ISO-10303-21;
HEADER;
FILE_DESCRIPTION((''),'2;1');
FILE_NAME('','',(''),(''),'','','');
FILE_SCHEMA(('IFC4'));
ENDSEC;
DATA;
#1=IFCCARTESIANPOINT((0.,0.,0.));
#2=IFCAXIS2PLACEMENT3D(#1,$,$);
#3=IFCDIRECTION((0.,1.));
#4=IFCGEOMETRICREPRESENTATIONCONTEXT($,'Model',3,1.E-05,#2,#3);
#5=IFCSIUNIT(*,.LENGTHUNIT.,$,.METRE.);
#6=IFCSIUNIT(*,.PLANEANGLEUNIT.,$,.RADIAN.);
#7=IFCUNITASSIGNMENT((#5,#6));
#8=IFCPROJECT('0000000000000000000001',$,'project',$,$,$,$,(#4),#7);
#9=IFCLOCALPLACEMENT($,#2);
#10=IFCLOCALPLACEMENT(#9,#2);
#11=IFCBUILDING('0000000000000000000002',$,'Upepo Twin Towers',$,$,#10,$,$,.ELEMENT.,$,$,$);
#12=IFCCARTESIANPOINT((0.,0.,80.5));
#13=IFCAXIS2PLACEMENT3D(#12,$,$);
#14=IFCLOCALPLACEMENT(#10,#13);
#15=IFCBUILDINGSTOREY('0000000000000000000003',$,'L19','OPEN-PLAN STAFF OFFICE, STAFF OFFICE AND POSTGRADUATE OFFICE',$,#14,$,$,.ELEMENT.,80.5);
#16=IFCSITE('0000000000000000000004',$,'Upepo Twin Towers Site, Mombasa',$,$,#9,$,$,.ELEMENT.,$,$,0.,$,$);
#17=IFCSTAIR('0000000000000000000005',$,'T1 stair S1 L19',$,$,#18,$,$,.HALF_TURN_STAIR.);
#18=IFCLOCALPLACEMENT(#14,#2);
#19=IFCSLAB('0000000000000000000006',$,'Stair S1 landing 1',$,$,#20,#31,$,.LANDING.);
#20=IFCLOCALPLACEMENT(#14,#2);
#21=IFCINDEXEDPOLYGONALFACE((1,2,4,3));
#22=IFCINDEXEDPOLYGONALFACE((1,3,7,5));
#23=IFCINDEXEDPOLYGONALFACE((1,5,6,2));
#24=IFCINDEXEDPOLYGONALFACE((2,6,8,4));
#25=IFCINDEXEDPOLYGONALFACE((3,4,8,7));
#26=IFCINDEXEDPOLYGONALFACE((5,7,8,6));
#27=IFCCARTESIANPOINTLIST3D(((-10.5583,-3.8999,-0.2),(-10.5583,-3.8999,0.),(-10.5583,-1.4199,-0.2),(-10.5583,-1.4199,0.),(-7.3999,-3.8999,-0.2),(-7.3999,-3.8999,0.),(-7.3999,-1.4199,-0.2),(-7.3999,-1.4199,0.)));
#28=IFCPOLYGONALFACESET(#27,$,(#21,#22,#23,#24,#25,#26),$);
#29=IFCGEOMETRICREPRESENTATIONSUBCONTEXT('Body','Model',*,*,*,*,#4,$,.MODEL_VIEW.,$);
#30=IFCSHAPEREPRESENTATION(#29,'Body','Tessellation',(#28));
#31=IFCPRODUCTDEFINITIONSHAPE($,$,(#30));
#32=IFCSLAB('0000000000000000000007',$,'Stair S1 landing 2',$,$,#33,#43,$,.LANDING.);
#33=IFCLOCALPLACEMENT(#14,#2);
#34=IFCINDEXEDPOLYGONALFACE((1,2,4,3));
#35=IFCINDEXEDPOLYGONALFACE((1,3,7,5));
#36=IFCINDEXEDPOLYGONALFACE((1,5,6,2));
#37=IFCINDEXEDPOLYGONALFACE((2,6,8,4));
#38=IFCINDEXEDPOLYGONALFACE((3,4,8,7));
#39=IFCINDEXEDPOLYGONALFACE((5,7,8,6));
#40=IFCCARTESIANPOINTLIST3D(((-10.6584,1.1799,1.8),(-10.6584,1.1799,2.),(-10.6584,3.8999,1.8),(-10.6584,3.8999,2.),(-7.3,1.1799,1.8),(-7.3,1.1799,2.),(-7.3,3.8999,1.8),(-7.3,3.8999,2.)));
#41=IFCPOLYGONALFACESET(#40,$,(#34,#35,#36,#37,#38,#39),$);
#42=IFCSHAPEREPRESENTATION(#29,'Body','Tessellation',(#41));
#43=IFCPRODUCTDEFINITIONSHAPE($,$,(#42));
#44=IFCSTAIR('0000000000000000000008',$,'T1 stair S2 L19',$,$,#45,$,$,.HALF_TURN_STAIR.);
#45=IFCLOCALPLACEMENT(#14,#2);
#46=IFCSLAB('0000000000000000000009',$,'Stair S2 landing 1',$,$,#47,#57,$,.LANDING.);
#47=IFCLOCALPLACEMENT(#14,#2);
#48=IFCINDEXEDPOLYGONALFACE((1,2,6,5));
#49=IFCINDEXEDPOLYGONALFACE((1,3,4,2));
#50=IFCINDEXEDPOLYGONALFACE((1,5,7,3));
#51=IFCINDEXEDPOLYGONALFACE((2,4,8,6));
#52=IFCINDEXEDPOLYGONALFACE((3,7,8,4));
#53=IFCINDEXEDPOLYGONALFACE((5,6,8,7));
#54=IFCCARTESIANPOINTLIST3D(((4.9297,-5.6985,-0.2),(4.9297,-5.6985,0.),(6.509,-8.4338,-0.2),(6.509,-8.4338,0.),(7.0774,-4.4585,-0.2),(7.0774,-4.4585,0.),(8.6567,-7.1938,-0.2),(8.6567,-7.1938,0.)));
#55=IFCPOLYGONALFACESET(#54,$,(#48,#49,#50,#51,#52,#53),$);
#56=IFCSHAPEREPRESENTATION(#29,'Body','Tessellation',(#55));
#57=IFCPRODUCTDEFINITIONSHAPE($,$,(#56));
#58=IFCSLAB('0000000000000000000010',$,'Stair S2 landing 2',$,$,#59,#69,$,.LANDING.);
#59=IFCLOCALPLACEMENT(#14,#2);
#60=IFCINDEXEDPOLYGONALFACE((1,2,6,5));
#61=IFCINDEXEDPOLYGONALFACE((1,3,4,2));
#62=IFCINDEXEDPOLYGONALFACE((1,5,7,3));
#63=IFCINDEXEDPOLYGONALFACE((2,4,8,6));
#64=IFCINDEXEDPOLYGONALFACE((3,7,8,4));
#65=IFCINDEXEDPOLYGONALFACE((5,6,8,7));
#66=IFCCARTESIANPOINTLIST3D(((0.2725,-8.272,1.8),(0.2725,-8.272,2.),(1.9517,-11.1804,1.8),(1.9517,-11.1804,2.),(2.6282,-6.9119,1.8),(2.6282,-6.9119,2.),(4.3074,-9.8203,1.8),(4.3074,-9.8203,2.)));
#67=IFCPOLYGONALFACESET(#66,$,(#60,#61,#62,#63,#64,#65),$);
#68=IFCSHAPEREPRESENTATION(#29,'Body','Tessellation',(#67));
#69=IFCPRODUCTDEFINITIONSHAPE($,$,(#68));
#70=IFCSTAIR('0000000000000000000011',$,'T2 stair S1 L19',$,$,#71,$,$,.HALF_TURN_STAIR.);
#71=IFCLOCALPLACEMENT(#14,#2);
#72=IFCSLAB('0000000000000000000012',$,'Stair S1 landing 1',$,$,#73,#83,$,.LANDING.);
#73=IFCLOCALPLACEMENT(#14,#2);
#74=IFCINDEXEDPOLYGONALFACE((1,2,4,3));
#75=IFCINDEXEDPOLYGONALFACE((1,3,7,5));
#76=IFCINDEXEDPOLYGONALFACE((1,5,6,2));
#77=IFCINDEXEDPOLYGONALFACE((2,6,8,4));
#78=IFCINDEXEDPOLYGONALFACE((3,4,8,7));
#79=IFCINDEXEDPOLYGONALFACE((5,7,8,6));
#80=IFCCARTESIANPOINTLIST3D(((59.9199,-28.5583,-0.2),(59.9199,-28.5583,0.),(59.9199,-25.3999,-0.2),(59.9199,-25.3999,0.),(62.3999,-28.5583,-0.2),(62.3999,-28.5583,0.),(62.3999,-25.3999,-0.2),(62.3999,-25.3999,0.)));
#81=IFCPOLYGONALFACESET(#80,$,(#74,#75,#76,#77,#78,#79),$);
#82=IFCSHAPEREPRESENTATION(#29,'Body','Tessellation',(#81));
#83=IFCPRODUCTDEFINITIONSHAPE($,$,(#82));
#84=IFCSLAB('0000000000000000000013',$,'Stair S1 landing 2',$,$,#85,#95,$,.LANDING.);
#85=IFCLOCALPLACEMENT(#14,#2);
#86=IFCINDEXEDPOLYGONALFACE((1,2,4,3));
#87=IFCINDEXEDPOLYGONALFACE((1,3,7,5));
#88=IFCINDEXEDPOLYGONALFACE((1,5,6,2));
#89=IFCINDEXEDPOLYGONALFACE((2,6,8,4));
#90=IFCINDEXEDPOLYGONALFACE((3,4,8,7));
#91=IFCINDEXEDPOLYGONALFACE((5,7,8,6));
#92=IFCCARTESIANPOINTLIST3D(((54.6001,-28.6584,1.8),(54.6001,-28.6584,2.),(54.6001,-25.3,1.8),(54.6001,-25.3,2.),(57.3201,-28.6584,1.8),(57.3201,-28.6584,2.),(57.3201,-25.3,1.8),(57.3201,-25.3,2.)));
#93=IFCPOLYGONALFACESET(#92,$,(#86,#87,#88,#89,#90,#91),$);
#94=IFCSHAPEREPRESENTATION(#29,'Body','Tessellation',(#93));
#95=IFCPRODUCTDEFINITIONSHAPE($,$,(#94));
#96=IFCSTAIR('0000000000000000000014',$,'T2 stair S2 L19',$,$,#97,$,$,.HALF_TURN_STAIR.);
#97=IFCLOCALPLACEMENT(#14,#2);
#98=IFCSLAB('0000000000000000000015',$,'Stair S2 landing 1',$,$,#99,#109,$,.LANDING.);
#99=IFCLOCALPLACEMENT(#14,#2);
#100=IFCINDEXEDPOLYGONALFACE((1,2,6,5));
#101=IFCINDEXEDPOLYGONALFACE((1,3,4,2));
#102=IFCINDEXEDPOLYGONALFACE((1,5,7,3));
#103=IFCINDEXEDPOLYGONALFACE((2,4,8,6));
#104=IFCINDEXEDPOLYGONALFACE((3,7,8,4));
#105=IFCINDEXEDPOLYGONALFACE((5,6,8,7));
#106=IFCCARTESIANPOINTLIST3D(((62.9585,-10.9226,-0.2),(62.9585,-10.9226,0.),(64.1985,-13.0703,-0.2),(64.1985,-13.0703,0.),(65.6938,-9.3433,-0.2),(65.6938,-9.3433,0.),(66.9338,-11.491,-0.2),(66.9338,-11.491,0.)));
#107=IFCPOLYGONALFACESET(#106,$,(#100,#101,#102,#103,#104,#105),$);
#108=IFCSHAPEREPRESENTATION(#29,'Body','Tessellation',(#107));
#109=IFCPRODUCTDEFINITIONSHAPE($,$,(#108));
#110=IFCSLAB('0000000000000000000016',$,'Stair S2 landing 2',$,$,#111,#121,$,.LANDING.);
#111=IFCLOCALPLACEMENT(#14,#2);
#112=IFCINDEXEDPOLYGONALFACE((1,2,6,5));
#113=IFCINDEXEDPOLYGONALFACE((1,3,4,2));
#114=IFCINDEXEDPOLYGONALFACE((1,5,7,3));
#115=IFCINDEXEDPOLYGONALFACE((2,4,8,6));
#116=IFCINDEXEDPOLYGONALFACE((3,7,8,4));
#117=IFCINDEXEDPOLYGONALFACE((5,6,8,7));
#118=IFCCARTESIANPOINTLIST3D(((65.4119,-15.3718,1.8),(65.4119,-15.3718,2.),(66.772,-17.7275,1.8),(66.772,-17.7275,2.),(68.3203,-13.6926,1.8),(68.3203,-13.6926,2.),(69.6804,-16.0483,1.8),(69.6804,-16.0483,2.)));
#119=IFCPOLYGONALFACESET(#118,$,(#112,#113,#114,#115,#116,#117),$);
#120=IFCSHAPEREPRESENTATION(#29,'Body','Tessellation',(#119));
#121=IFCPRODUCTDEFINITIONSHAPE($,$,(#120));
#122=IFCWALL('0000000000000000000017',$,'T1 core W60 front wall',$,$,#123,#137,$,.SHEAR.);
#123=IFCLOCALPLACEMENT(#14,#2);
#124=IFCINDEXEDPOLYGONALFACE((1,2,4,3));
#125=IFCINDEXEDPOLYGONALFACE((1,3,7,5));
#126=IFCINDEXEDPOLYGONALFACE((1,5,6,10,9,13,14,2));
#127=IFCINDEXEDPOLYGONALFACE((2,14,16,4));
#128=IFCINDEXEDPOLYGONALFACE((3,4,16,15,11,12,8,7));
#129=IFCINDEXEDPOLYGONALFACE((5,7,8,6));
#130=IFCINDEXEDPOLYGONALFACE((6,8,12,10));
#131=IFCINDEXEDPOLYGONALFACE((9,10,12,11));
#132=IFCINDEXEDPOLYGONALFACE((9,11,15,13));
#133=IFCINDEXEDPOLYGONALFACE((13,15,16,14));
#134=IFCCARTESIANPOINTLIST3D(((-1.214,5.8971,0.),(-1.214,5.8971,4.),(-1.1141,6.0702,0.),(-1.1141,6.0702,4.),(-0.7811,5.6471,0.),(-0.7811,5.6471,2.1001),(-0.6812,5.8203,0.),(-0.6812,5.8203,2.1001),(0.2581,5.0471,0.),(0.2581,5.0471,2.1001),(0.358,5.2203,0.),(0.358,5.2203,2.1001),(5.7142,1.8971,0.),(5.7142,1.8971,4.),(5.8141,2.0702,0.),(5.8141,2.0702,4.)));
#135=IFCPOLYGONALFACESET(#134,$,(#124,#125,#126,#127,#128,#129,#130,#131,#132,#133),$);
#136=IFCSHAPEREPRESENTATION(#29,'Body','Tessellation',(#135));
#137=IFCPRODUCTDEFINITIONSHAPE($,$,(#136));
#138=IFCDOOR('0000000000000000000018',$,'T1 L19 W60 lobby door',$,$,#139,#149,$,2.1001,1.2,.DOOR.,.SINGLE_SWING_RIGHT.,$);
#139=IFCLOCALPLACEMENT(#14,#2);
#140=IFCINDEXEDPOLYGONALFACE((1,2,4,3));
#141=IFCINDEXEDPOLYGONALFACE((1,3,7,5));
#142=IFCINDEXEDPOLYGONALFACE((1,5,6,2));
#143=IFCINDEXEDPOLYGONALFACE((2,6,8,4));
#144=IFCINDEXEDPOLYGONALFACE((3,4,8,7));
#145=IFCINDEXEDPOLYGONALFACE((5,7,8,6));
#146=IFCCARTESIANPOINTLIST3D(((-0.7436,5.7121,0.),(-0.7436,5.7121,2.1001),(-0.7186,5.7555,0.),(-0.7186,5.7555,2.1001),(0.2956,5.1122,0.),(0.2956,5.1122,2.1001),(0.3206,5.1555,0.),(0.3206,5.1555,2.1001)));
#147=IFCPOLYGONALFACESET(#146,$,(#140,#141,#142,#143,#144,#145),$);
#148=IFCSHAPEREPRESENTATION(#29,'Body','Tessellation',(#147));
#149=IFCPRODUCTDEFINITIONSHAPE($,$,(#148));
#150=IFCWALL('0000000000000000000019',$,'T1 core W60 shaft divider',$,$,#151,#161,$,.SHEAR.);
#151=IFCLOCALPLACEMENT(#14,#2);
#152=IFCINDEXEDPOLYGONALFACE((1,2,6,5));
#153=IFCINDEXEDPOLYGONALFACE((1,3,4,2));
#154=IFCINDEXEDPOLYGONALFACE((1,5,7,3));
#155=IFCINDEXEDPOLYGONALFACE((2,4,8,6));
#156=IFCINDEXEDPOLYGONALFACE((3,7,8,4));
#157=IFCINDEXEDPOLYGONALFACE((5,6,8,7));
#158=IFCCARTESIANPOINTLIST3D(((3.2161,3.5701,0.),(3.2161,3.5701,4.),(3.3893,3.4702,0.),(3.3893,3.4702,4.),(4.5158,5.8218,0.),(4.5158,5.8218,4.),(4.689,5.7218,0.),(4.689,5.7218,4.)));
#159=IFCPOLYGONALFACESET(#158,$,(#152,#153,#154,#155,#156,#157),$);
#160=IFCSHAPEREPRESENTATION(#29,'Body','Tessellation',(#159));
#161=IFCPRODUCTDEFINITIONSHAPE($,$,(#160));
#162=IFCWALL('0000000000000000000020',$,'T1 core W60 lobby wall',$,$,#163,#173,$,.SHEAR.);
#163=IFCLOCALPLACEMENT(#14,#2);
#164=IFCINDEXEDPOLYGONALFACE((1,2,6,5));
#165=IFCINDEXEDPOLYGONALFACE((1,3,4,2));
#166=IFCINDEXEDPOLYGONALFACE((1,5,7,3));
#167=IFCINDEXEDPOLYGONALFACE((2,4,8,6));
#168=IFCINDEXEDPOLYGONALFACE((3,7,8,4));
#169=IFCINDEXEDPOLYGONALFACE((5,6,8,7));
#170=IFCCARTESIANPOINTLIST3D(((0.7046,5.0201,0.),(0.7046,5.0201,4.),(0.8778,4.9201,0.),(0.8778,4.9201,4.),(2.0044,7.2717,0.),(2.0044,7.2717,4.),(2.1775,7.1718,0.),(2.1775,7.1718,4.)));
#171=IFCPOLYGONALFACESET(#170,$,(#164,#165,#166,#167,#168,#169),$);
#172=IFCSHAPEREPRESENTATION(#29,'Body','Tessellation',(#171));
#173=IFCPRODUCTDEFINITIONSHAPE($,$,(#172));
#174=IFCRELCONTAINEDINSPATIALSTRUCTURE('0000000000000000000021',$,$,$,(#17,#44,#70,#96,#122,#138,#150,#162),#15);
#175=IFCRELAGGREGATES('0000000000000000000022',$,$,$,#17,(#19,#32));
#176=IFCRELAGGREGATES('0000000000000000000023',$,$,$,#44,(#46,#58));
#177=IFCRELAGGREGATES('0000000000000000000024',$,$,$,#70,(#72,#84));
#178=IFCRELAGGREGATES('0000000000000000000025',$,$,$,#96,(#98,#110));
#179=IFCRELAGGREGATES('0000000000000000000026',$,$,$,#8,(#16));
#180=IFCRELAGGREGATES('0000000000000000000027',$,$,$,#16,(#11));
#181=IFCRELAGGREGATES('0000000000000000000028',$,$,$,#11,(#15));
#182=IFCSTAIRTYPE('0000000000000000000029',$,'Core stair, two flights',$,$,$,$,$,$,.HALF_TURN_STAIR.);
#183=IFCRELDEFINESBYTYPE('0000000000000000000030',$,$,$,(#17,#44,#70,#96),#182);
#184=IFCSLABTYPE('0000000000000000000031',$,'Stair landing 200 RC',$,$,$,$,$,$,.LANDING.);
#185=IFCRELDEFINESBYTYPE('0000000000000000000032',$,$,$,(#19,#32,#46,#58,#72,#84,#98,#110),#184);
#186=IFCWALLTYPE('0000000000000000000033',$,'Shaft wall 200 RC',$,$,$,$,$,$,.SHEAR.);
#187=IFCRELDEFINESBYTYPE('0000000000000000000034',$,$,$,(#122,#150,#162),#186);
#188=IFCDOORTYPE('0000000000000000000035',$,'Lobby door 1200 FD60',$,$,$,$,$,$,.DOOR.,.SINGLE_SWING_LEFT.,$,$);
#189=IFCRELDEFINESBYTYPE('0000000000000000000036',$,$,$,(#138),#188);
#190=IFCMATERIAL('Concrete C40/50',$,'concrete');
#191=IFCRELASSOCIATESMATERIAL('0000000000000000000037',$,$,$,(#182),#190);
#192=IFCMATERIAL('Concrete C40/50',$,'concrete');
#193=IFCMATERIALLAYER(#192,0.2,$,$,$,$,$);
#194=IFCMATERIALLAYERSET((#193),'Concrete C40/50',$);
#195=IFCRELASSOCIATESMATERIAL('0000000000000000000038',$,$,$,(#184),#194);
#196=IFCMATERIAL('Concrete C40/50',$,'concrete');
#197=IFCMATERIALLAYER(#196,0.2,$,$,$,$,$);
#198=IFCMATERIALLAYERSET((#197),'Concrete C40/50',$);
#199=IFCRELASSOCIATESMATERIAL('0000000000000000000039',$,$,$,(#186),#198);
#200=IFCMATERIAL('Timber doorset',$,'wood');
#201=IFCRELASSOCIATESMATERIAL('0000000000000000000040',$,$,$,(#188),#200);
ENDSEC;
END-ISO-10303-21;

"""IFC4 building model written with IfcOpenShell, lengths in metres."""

from ifc_helpers import new_model, si_unit, direction, frame, frame_2d, origin, place, context, subcontext, project, spatial, polyline, rectangle, outline, extrude, material, layer, layer_set, type_object, element, fill, aggregate, save


model = new_model("IFC4")

# Units and contexts
model_context = context("Model", 3, precision=1e-05, world=origin(), true_north=direction((0.0, 1.0)))
body_context = subcontext(model_context, "Body", "Model", "MODEL_VIEW")
ifc_project = project(units=[si_unit("LENGTHUNIT", "METRE"), si_unit("PLANEANGLEUNIT", "RADIAN")], contexts=[model_context])

# Site, building, storey
site_placement = place(None, origin())
site = spatial("IfcSite", under=ifc_project, at=site_placement, Name="Upepo Twin Towers Site, Mombasa", CompositionType="ELEMENT", RefElevation=0.0)
building_placement = place(site_placement, origin())
building = spatial("IfcBuilding", under=site, at=building_placement, Name="Upepo Twin Towers", CompositionType="ELEMENT")
storey_placement = place(building_placement, frame((0.0, 0.0, 80.5)))
storey = spatial("IfcBuildingStorey", under=building, at=storey_placement, Name="L19", Description="OPEN-PLAN STAFF OFFICE, STAFF OFFICE AND POSTGRADUATE OFFICE", CompositionType="ELEMENT", Elevation=80.5)

# Stairs, slabs
ifc_material_1 = material(Name="Concrete C40/50", Category="concrete")
stair_type = type_object("IfcStairType", Name="Core stair, two flights", PredefinedType="HALF_TURN_STAIR", material=ifc_material_1)
stair_1_placement = place(storey_placement, origin())
stair_1 = element("IfcStair", 1, at=stair_1_placement, inside=storey, type_object=stair_type, Name="T1 stair S1 L19", PredefinedType="HALF_TURN_STAIR")
ifc_material_2 = material(Name="Concrete C40/50", Category="concrete")
ifc_layer_1 = layer(ifc_material_2, 0.2)
ifc_layer_set_1 = layer_set([ifc_layer_1], Name="Concrete C40/50")
slab_type = type_object("IfcSlabType", Name="Stair landing 200 RC", PredefinedType="LANDING", material=ifc_layer_set_1)
slab_1_placement = place(storey_placement, frame((0.0, 0.0, -0.2)))
slab_1 = element("IfcSlab", 2, at=slab_1_placement, type_object=slab_type, Name="Stair S1 landing 1", PredefinedType="LANDING", context=body_context, shape_type="SweptSolid", body=[
    extrude(outline(polyline([(-7.3999, -1.4199), (-10.5583, -1.4199), (-10.5583, -3.8999), (-7.3999, -3.8999), (-7.3999, -1.4199)])), origin(), (0.0, 0.0, 1.0), 0.2),
])
slab_2_placement = place(storey_placement, frame((0.0, 0.0, 1.8)))
slab_2 = element("IfcSlab", 3, at=slab_2_placement, type_object=slab_type, Name="Stair S1 landing 2", PredefinedType="LANDING", context=body_context, shape_type="SweptSolid", body=[
    extrude(outline(polyline([(-7.3, 3.8999), (-10.6584, 3.8999), (-10.6584, 1.1799), (-7.3, 1.1799), (-7.3, 3.8999)])), origin(), (0.0, 0.0, 1.0), 0.2),
])
aggregate(stair_1, [slab_1, slab_2])
stair_2_placement = place(storey_placement, origin())
stair_2 = element("IfcStair", 4, at=stair_2_placement, inside=storey, type_object=stair_type, Name="T1 stair S2 L19", PredefinedType="HALF_TURN_STAIR")
slab_3_placement = place(storey_placement, frame((0.0, 0.0, -0.2)))
slab_3 = element("IfcSlab", 5, at=slab_3_placement, type_object=slab_type, Name="Stair S2 landing 1", PredefinedType="LANDING", context=body_context, shape_type="SweptSolid", body=[
    extrude(outline(polyline([(4.9297, -5.6985), (6.509, -8.4338), (8.6567, -7.1938), (7.0774, -4.4585), (4.9297, -5.6985)])), origin(), (0.0, 0.0, 1.0), 0.2),
])
slab_4_placement = place(storey_placement, frame((0.0, 0.0, 1.8)))
slab_4 = element("IfcSlab", 6, at=slab_4_placement, type_object=slab_type, Name="Stair S2 landing 2", PredefinedType="LANDING", context=body_context, shape_type="SweptSolid", body=[
    extrude(outline(polyline([(0.2725, -8.272), (1.9517, -11.1804), (4.3074, -9.8203), (2.6282, -6.9119), (0.2725, -8.272)])), origin(), (0.0, 0.0, 1.0), 0.2),
])
aggregate(stair_2, [slab_3, slab_4])
stair_3_placement = place(storey_placement, origin())
stair_3 = element("IfcStair", 7, at=stair_3_placement, inside=storey, type_object=stair_type, Name="T2 stair S1 L19", PredefinedType="HALF_TURN_STAIR")
slab_5_placement = place(storey_placement, frame((0.0, 0.0, -0.2)))
slab_5 = element("IfcSlab", 8, at=slab_5_placement, type_object=slab_type, Name="Stair S1 landing 1", PredefinedType="LANDING", context=body_context, shape_type="SweptSolid", body=[
    extrude(outline(polyline([(59.9199, -25.3999), (59.9199, -28.5583), (62.3999, -28.5583), (62.3999, -25.3999), (59.9199, -25.3999)])), origin(), (0.0, 0.0, 1.0), 0.2),
])
slab_6_placement = place(storey_placement, frame((0.0, 0.0, 1.8)))
slab_6 = element("IfcSlab", 9, at=slab_6_placement, type_object=slab_type, Name="Stair S1 landing 2", PredefinedType="LANDING", context=body_context, shape_type="SweptSolid", body=[
    extrude(outline(polyline([(54.6001, -25.3), (54.6001, -28.6584), (57.3201, -28.6584), (57.3201, -25.3), (54.6001, -25.3)])), origin(), (0.0, 0.0, 1.0), 0.2),
])
aggregate(stair_3, [slab_5, slab_6])
stair_4_placement = place(storey_placement, origin())
stair_4 = element("IfcStair", 10, at=stair_4_placement, inside=storey, type_object=stair_type, Name="T2 stair S2 L19", PredefinedType="HALF_TURN_STAIR")
slab_7_placement = place(storey_placement, frame((0.0, 0.0, -0.2)))
slab_7 = element("IfcSlab", 11, at=slab_7_placement, type_object=slab_type, Name="Stair S2 landing 1", PredefinedType="LANDING", context=body_context, shape_type="SweptSolid", body=[
    extrude(outline(polyline([(64.1985, -13.0703), (66.9338, -11.491), (65.6938, -9.3433), (62.9585, -10.9226), (64.1985, -13.0703)])), origin(), (0.0, 0.0, 1.0), 0.2),
])
slab_8_placement = place(storey_placement, frame((0.0, 0.0, 1.8)))
slab_8 = element("IfcSlab", 12, at=slab_8_placement, type_object=slab_type, Name="Stair S2 landing 2", PredefinedType="LANDING", context=body_context, shape_type="SweptSolid", body=[
    extrude(outline(polyline([(66.772, -17.7275), (69.6804, -16.0483), (68.3203, -13.6926), (65.4119, -15.3718), (66.772, -17.7275)])), origin(), (0.0, 0.0, 1.0), 0.2),
])
aggregate(stair_4, [slab_7, slab_8])

# Wall, opening, door
ifc_material_3 = material(Name="Concrete C40/50", Category="concrete")
ifc_layer_2 = layer(ifc_material_3, 0.2)
ifc_layer_set_2 = layer_set([ifc_layer_2], Name="Concrete C40/50")
wall_type_1 = type_object("IfcWallType", Name="Shaft wall 200 RC", PredefinedType="SHEAR", material=ifc_layer_set_2)
wall_1_placement = place(storey_placement, frame((5.7642, 1.9836, 0.0), z_axis=(0.0, 0.0, 1.0), x_axis=(-0.866026, 0.499999, 0.0)))
wall_1 = element("IfcWall", 13, at=wall_1_placement, inside=storey, type_object=wall_type_1, Name="T1 core W60 front wall", PredefinedType="SHEAR", context=body_context, shape_type="SweptSolid", body=[
    extrude(rectangle(XDim=8.0, YDim=0.2, at=frame_2d((4.0, 0.0))), origin(), (0.0, 0.0, 1.0), 4.0),
])
opening_1_placement = place(wall_1_placement, frame((6.3, 0.0, 0.0)))
opening_1 = element("IfcOpeningElement", 14, at=opening_1_placement, cuts=wall_1, PredefinedType="OPENING", context=body_context, shape_type="SweptSolid", body=[
    extrude(rectangle(XDim=1.2, YDim=2.1001, at=frame_2d((0.6001, 1.05))), frame((0.0, 0.1099, 0.0), z_axis=(0.0, -1.0, 0.0), x_axis=(1.0, 0.0, 0.0)), (0.0, 0.0, 1.0), 0.22),
])
ifc_material_4 = material(Name="Timber doorset", Category="wood")
door_type_1 = type_object("IfcDoorType", Name="Lobby door 1200 FD60", OperationType="SINGLE_SWING_LEFT", PredefinedType="DOOR", material=ifc_material_4)
door_1_placement = place(opening_1_placement, origin())
door_1 = element("IfcDoor", 15, at=door_1_placement, inside=storey, type_object=door_type_1, Name="T1 L19 W60 lobby door", OperationType="SINGLE_SWING_RIGHT", OverallHeight=2.1001, OverallWidth=1.2, PredefinedType="DOOR", context=body_context, shape_type="SweptSolid", body=[
    extrude(rectangle(XDim=1.2, YDim=2.1001, at=frame_2d((0.6001, 1.05))), frame((0.0, 0.0249, 0.0), z_axis=(0.0, -1.0, 0.0), x_axis=(1.0, 0.0, 0.0)), (0.0, 0.0, 1.0), 0.05),
])
fill(opening_1, door_1)

# Walls
for number, where, z_axis, x_axis, name in (
    (16, (3.3027, 3.5203, 0.0), (0.0, 0.0, 1.0), (0.499937, 0.866062, 0.0), "T1 core W60 shaft divider"),
    (17, (0.7913, 4.9702, 0.0), (0.0, 0.0, 1.0), (0.499937, 0.866062, 0.0), "T1 core W60 lobby wall"),
):
    element("IfcWall", number, at=place(storey_placement, frame(where, z_axis=z_axis, x_axis=x_axis)), inside=storey, type_object=wall_type_1, Name=name, PredefinedType="SHEAR", context=body_context, shape_type="SweptSolid", body=[
        extrude(rectangle(XDim=2.5999, YDim=0.2, at=frame_2d((1.2998, 0.0))), origin(), (0.0, 0.0, 1.0), 4.0),
    ])

save(model, "model.ifc")
